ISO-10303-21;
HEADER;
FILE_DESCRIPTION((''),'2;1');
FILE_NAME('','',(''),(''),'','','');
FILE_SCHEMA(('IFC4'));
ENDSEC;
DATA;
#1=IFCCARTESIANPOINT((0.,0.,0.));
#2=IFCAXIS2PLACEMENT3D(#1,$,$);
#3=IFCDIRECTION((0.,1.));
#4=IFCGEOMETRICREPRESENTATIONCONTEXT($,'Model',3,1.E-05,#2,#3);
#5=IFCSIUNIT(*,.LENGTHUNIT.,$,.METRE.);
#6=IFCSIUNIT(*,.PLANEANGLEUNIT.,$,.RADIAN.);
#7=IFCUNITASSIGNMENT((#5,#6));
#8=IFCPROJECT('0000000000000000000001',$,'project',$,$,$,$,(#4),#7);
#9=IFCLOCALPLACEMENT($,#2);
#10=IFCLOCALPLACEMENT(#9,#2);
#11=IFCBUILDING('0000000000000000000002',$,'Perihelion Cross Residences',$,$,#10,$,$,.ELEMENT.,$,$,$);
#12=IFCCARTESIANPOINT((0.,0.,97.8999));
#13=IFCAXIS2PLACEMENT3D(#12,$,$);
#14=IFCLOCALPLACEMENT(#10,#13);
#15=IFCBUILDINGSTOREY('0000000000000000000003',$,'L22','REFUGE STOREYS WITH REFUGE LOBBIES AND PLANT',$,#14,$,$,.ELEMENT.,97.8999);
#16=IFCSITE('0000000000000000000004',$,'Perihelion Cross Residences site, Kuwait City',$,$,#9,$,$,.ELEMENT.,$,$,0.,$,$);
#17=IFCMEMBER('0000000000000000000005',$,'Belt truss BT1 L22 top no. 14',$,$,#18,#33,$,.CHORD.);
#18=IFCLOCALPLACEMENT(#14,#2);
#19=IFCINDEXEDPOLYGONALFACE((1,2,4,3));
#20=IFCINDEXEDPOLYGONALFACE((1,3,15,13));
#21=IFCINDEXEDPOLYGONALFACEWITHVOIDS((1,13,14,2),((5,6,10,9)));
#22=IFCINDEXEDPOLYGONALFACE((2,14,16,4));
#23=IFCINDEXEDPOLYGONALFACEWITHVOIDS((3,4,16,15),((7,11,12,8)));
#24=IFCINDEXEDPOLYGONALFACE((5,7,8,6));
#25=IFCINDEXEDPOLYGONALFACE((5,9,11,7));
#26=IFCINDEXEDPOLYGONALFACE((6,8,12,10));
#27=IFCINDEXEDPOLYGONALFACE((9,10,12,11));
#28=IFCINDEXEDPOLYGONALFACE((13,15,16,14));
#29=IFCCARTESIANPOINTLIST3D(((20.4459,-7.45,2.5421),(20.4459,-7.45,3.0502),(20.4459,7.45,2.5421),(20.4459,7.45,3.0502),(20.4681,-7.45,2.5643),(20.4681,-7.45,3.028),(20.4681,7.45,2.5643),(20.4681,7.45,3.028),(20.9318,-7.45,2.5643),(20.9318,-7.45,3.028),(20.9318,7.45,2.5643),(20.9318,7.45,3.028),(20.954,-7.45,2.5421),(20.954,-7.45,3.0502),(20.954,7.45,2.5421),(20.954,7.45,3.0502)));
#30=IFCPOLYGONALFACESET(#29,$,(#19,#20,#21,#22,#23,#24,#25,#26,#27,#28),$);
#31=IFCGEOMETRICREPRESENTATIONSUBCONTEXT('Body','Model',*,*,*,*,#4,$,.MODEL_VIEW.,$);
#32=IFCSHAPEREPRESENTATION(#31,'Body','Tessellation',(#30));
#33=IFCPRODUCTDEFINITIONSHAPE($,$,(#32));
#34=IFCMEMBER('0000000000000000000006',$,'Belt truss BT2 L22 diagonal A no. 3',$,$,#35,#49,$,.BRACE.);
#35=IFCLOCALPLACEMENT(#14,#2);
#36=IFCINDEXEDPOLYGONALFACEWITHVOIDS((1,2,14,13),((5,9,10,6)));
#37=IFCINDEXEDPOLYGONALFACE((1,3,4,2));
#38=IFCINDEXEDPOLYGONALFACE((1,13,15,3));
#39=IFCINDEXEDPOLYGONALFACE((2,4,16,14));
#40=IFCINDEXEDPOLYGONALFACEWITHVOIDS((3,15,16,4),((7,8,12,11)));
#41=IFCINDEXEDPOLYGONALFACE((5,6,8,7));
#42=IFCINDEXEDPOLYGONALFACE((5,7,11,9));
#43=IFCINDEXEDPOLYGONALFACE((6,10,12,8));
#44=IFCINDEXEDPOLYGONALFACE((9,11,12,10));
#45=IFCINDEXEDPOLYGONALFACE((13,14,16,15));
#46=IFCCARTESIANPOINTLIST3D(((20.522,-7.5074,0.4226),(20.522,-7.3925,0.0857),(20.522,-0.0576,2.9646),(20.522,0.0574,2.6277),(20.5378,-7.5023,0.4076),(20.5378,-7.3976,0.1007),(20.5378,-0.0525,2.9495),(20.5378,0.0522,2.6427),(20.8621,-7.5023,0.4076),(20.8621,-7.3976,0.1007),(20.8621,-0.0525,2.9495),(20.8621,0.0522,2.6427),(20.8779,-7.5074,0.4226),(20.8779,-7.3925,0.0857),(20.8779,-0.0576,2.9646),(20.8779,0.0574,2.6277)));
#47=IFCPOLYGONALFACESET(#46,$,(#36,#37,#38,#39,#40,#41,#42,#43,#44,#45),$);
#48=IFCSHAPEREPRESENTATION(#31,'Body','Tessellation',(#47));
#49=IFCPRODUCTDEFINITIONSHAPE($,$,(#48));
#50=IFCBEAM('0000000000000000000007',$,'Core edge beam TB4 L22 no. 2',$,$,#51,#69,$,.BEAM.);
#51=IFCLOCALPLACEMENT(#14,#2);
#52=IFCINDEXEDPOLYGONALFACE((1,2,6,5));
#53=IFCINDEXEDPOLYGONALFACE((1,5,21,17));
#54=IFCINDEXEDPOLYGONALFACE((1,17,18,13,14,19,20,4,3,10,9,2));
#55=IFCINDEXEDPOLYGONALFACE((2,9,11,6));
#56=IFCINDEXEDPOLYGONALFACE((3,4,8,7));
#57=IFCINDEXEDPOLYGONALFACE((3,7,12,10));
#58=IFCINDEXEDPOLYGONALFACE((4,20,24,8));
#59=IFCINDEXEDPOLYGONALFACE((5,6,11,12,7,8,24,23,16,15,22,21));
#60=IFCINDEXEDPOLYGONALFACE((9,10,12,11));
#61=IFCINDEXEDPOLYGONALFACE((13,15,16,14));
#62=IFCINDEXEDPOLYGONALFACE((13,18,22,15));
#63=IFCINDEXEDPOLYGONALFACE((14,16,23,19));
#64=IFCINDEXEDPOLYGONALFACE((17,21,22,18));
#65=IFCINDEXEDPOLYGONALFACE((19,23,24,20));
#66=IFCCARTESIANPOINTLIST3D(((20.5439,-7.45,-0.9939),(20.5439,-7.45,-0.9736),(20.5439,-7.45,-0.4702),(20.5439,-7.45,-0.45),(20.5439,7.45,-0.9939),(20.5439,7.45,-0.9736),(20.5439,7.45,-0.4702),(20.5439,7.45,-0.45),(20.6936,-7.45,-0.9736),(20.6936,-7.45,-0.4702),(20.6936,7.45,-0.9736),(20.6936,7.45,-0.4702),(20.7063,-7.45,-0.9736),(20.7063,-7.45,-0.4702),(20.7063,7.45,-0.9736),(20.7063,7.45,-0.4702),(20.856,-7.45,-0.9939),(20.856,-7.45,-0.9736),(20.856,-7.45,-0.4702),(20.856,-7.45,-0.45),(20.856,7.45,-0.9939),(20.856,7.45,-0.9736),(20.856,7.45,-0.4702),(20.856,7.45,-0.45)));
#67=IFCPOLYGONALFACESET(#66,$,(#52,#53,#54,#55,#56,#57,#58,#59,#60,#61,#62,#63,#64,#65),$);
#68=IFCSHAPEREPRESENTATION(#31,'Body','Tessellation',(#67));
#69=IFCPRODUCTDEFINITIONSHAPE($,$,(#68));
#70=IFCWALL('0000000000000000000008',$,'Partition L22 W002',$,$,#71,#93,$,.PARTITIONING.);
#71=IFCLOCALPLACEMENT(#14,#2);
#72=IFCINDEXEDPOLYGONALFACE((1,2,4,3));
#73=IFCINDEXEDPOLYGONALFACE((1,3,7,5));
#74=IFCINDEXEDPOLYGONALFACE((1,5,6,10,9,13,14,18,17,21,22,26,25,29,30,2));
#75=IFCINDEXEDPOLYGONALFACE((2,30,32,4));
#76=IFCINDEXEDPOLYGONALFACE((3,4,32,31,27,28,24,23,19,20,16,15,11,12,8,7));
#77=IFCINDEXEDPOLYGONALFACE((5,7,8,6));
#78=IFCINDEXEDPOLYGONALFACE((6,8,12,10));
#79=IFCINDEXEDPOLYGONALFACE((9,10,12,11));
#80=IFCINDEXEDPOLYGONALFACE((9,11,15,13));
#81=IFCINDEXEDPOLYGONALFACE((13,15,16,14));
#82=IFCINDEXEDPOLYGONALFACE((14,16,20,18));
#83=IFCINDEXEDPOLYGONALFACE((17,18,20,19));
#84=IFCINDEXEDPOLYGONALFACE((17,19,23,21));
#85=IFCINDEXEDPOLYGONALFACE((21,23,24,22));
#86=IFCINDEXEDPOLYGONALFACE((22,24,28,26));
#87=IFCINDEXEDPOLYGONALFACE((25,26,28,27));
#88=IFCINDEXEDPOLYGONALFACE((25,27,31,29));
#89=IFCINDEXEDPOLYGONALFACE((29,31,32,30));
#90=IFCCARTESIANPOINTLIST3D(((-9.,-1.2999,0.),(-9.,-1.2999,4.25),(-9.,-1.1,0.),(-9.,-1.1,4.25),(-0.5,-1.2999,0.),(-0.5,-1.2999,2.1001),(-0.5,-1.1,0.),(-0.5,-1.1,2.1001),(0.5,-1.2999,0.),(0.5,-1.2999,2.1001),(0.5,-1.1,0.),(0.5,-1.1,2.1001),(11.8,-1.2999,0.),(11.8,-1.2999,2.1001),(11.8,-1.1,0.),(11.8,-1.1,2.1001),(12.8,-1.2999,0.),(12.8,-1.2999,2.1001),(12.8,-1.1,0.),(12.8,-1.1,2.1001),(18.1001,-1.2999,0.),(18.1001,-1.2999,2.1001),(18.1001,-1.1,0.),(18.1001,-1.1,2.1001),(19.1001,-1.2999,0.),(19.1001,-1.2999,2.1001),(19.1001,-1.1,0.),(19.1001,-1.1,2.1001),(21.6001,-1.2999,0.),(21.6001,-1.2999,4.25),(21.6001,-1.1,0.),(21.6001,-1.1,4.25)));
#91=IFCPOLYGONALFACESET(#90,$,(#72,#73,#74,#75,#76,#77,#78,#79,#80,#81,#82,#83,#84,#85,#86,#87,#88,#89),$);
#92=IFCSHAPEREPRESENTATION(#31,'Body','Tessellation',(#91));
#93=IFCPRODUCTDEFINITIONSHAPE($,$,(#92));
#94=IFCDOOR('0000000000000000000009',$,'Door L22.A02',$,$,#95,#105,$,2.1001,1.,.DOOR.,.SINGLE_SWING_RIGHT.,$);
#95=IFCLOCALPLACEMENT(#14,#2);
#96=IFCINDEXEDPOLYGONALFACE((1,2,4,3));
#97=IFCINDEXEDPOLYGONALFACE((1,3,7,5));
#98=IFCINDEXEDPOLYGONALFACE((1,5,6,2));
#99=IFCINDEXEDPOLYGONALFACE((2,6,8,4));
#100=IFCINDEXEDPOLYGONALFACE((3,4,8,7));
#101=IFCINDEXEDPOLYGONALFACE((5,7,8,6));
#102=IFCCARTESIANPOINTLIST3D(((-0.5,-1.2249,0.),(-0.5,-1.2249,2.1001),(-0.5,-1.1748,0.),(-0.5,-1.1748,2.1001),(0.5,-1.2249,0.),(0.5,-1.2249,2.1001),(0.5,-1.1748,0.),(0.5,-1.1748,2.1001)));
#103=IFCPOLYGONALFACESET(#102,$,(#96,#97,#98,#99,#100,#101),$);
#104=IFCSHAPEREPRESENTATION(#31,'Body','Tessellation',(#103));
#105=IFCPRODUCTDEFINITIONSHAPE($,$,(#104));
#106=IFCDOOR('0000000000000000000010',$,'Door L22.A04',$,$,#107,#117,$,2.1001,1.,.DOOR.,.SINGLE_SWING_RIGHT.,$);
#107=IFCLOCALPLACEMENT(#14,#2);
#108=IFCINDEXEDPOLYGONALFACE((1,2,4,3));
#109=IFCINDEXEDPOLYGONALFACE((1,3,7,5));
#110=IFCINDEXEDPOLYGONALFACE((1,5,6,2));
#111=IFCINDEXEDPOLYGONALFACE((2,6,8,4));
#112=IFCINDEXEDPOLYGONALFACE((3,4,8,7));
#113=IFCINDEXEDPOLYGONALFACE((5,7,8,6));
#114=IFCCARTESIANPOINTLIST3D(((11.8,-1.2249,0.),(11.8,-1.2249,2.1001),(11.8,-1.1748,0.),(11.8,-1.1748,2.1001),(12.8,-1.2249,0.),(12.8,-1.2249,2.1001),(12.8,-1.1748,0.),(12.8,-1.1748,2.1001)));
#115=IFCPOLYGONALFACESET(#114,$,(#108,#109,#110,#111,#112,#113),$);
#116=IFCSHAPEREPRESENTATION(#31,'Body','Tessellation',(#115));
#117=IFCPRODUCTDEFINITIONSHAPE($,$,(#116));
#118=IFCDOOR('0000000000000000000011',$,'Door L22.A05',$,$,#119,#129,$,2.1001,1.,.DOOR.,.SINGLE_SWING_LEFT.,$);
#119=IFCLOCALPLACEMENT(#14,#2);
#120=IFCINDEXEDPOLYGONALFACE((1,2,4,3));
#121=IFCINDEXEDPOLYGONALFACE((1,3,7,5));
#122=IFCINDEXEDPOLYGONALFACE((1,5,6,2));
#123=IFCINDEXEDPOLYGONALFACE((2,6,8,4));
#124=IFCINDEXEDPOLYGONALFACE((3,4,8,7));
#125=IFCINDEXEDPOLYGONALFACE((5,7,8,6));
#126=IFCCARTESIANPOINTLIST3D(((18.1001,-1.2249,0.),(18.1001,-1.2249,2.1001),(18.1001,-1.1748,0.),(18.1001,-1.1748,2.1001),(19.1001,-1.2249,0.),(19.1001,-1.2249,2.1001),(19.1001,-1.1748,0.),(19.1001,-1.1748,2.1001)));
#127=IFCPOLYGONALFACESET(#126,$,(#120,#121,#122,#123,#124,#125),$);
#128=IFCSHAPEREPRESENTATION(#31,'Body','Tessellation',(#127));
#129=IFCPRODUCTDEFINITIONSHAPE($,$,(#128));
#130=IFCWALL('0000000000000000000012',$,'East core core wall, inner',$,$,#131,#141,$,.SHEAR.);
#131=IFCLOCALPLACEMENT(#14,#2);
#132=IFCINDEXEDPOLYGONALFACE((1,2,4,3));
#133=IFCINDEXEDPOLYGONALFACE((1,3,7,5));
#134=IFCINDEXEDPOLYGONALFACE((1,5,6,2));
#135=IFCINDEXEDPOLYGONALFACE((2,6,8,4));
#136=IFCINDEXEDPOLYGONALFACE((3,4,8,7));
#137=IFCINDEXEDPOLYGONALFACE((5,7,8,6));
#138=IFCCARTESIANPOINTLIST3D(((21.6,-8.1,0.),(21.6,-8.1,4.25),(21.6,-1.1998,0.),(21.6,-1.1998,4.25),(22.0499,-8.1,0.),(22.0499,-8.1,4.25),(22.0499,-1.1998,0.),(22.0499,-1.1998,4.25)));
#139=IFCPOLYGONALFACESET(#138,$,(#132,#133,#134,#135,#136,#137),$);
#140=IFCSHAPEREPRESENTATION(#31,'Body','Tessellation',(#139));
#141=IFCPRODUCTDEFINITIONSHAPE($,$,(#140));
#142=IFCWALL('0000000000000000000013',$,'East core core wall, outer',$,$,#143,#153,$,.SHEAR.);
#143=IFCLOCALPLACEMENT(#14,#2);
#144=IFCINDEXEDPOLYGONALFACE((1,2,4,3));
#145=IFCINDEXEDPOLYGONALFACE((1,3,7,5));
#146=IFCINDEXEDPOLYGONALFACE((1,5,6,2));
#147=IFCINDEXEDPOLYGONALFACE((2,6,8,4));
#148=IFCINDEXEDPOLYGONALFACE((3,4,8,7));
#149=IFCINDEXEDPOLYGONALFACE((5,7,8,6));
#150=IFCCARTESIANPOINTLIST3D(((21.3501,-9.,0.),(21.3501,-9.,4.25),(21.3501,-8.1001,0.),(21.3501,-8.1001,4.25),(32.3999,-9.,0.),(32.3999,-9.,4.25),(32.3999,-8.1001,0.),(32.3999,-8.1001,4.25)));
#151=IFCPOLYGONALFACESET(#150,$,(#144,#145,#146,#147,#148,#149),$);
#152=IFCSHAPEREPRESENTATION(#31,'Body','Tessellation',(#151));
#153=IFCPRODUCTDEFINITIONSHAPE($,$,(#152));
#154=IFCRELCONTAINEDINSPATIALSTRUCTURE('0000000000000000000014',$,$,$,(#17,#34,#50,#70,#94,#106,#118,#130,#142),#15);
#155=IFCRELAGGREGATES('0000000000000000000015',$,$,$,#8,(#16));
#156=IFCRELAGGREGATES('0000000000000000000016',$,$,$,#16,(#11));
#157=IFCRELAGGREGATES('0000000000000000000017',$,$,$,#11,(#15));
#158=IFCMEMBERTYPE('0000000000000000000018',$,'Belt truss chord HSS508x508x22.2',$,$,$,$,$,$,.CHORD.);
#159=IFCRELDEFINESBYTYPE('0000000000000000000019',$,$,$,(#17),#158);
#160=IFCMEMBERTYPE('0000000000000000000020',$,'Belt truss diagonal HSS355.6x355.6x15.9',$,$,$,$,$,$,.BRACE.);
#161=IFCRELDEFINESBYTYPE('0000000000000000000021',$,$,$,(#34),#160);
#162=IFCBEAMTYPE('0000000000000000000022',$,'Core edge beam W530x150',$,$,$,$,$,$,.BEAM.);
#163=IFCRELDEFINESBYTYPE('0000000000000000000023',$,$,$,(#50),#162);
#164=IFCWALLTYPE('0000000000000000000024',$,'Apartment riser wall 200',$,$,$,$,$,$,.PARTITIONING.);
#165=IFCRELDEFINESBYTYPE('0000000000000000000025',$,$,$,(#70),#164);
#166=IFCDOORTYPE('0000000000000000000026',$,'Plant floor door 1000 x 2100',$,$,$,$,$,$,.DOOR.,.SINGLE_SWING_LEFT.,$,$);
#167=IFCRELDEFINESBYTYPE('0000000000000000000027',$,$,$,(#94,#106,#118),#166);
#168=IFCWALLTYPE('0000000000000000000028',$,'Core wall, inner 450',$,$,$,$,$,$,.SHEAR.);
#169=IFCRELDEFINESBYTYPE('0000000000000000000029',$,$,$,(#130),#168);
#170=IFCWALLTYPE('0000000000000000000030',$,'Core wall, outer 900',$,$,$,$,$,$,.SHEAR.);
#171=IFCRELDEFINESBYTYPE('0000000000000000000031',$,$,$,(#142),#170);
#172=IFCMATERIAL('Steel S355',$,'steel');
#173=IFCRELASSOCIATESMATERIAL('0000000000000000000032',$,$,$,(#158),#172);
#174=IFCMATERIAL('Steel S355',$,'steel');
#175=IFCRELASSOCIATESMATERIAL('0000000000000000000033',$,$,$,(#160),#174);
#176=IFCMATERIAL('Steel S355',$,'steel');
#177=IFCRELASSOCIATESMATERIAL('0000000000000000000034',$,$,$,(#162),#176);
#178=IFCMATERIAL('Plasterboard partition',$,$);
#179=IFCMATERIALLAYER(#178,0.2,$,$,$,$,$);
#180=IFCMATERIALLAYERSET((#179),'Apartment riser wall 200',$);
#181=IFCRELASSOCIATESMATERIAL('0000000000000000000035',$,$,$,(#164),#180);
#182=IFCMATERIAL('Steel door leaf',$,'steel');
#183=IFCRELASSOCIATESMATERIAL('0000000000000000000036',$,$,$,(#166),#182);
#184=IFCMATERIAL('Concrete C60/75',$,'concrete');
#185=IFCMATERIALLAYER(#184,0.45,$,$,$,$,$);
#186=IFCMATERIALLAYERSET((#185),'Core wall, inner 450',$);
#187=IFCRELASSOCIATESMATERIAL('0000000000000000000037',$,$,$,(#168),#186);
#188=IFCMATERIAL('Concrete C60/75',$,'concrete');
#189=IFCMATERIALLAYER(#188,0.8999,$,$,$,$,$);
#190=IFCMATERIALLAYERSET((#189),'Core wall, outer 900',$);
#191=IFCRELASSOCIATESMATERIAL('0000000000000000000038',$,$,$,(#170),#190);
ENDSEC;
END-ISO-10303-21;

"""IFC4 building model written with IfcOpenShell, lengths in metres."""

from ifc_helpers import new_model, si_unit, direction, frame, frame_2d, origin, origin_2d, place, context, subcontext, project, spatial, rectangle, hollow_rectangle, i_section, extrude, material, layer, layer_set, material_profile, profile_set, type_object, element, fill, save


model = new_model("IFC4")

# Units and contexts
model_context = context("Model", 3, precision=1e-05, world=origin(), true_north=direction((0.0, 1.0)))
body_context = subcontext(model_context, "Body", "Model", "MODEL_VIEW")
ifc_project = project(units=[si_unit("LENGTHUNIT", "METRE"), si_unit("PLANEANGLEUNIT", "RADIAN")], contexts=[model_context])

# Site, building, storey
site_placement = place(None, origin())
site = spatial("IfcSite", under=ifc_project, at=site_placement, Name="Perihelion Cross Residences site, Kuwait City", CompositionType="ELEMENT", RefElevation=0.0)
building_placement = place(site_placement, origin())
building = spatial("IfcBuilding", under=site, at=building_placement, Name="Perihelion Cross Residences", CompositionType="ELEMENT")
storey_placement = place(building_placement, frame((0.0, 0.0, 97.8999)))
storey = spatial("IfcBuildingStorey", under=building, at=storey_placement, Name="L22", Description="REFUGE STOREYS WITH REFUGE LOBBIES AND PLANT", CompositionType="ELEMENT", Elevation=97.8999)

# Members
ifc_material_1 = material(Name="Steel S355", Category="steel")
ifc_material_profile_1 = material_profile(ifc_material_1, hollow_rectangle(XDim=0.5081, YDim=0.5081, WallThickness=0.0222, at=origin_2d()), Name="HSS508x508x22.2")
ifc_profile_set_1 = profile_set([ifc_material_profile_1], Name="Steel S355")
member_type_1 = type_object("IfcMemberType", Name="Belt truss chord HSS508x508x22.2", PredefinedType="CHORD", material=ifc_profile_set_1)
member_1_placement = place(storey_placement, frame((20.7, -7.45, 2.7961), z_axis=(0.0, 1.0, 0.0), x_axis=(-1.0, 0.0, 0.0)))
element("IfcMember", 1, at=member_1_placement, inside=storey, type_object=member_type_1, Name="Belt truss BT1 L22 top no. 14", PredefinedType="CHORD", context=body_context, shape_type="SweptSolid", body=[
    extrude(hollow_rectangle(XDim=0.5081, YDim=0.5081, WallThickness=0.0222, at=origin_2d()), origin(), (0.0, 0.0, 1.0), 14.8999),
])
ifc_material_2 = material(Name="Steel S355", Category="steel")
ifc_material_profile_2 = material_profile(ifc_material_2, hollow_rectangle(XDim=0.356, YDim=0.356, WallThickness=0.0159, at=origin_2d()), Name="HSS355.6x355.6x15.9")
ifc_profile_set_2 = profile_set([ifc_material_profile_2], Name="Steel S355")
member_type_2 = type_object("IfcMemberType", Name="Belt truss diagonal HSS355.6x355.6x15.9", PredefinedType="BRACE", material=ifc_profile_set_2)
member_2_placement = place(storey_placement, frame((20.7, -7.45, 0.2542), z_axis=(0.0, 0.946423, 0.322928), x_axis=(-1.0, 0.0, 0.0)))
element("IfcMember", 2, at=member_2_placement, inside=storey, type_object=member_type_2, Name="Belt truss BT2 L22 diagonal A no. 3", PredefinedType="BRACE", context=body_context, shape_type="SweptSolid", body=[
    extrude(hollow_rectangle(XDim=0.356, YDim=0.356, WallThickness=0.0159, at=origin_2d()), origin(), (0.0, 0.0, 1.0), 7.8716),
])

# Beam
ifc_material_3 = material(Name="Steel S355", Category="steel")
ifc_material_profile_3 = material_profile(ifc_material_3, i_section(OverallWidth=0.312, OverallDepth=0.5439, WebThickness=0.0127, FlangeThickness=0.0203, at=origin_2d()), Name="W530x150")
ifc_profile_set_3 = profile_set([ifc_material_profile_3], Name="Steel S355")
beam_type = type_object("IfcBeamType", Name="Core edge beam W530x150", PredefinedType="BEAM", material=ifc_profile_set_3)
beam_placement = place(storey_placement, frame((20.7, -7.45, -0.7219), z_axis=(0.0, 1.0, 0.0), x_axis=(-1.0, 0.0, 0.0)))
element("IfcBeam", 3, at=beam_placement, inside=storey, type_object=beam_type, Name="Core edge beam TB4 L22 no. 2", PredefinedType="BEAM", context=body_context, shape_type="SweptSolid", body=[
    extrude(i_section(OverallWidth=0.312, OverallDepth=0.5439, WebThickness=0.0127, FlangeThickness=0.0203, at=origin_2d()), origin(), (0.0, 0.0, 1.0), 14.8999),
])

# Wall, openings, doors
ifc_material_4 = material(Name="Plasterboard partition")
ifc_layer_1 = layer(ifc_material_4, 0.2)
ifc_layer_set_1 = layer_set([ifc_layer_1], Name="Apartment riser wall 200")
wall_type_1 = type_object("IfcWallType", Name="Apartment riser wall 200", PredefinedType="PARTITIONING", material=ifc_layer_set_1)
wall_1_placement = place(storey_placement, frame((21.6001, -1.2, 0.0), z_axis=(0.0, 0.0, 1.0), x_axis=(-1.0, 0.0, 0.0)))
wall_1 = element("IfcWall", 4, at=wall_1_placement, inside=storey, type_object=wall_type_1, Name="Partition L22 W002", PredefinedType="PARTITIONING", context=body_context, shape_type="SweptSolid", body=[
    extrude(rectangle(XDim=30.6001, YDim=0.2, at=frame_2d((15.3, 0.0))), origin(), (0.0, 0.0, 1.0), 4.25),
])
opening_1_placement = place(wall_1_placement, frame((21.1001, 0.0, 0.0)))
opening_1 = element("IfcOpeningElement", 5, at=opening_1_placement, cuts=wall_1, PredefinedType="OPENING", context=body_context, shape_type="SweptSolid", body=[
    extrude(rectangle(XDim=1.0, YDim=2.1001, at=frame_2d((0.5, 1.05))), frame((0.0, 0.1099, 0.0), z_axis=(0.0, -1.0, 0.0), x_axis=(1.0, 0.0, 0.0)), (0.0, 0.0, 1.0), 0.22),
])
opening_2_placement = place(wall_1_placement, frame((8.8, 0.0, 0.0)))
opening_2 = element("IfcOpeningElement", 6, at=opening_2_placement, cuts=wall_1, PredefinedType="OPENING", context=body_context, shape_type="SweptSolid", body=[
    extrude(rectangle(XDim=1.0, YDim=2.1001, at=frame_2d((0.5, 1.05))), frame((0.0, 0.1099, 0.0), z_axis=(0.0, -1.0, 0.0), x_axis=(1.0, 0.0, 0.0)), (0.0, 0.0, 1.0), 0.22),
])
opening_3_placement = place(wall_1_placement, frame((2.5, 0.0, 0.0)))
opening_3 = element("IfcOpeningElement", 7, at=opening_3_placement, cuts=wall_1, PredefinedType="OPENING", context=body_context, shape_type="SweptSolid", body=[
    extrude(rectangle(XDim=1.0, YDim=2.1001, at=frame_2d((0.5, 1.05))), frame((0.0, 0.1099, 0.0), z_axis=(0.0, -1.0, 0.0), x_axis=(1.0, 0.0, 0.0)), (0.0, 0.0, 1.0), 0.22),
])
ifc_material_5 = material(Name="Steel door leaf", Category="steel")
door_type_1 = type_object("IfcDoorType", Name="Plant floor door 1000 x 2100", OperationType="SINGLE_SWING_LEFT", PredefinedType="DOOR", material=ifc_material_5)
door_1_placement = place(opening_1_placement, origin())
door_1 = element("IfcDoor", 8, at=door_1_placement, inside=storey, type_object=door_type_1, Name="Door L22.A02", OperationType="SINGLE_SWING_RIGHT", OverallHeight=2.1001, OverallWidth=1.0, PredefinedType="DOOR", context=body_context, shape_type="SweptSolid", body=[
    extrude(rectangle(XDim=1.0, YDim=2.1001, at=frame_2d((0.5, 1.05))), frame((0.0, 0.0249, 0.0), z_axis=(0.0, -1.0, 0.0), x_axis=(1.0, 0.0, 0.0)), (0.0, 0.0, 1.0), 0.05),
])
fill(opening_1, door_1)
door_2_placement = place(opening_2_placement, origin())
door_2 = element("IfcDoor", 9, at=door_2_placement, inside=storey, type_object=door_type_1, Name="Door L22.A04", OperationType="SINGLE_SWING_RIGHT", OverallHeight=2.1001, OverallWidth=1.0, PredefinedType="DOOR", context=body_context, shape_type="SweptSolid", body=[
    extrude(rectangle(XDim=1.0, YDim=2.1001, at=frame_2d((0.5, 1.05))), frame((0.0, 0.0249, 0.0), z_axis=(0.0, -1.0, 0.0), x_axis=(1.0, 0.0, 0.0)), (0.0, 0.0, 1.0), 0.05),
])
fill(opening_2, door_2)
door_3_placement = place(opening_3_placement, origin())
door_3 = element("IfcDoor", 10, at=door_3_placement, inside=storey, type_object=door_type_1, Name="Door L22.A05", OperationType="SINGLE_SWING_LEFT", OverallHeight=2.1001, OverallWidth=1.0, PredefinedType="DOOR", context=body_context, shape_type="SweptSolid", body=[
    extrude(rectangle(XDim=1.0, YDim=2.1001, at=frame_2d((0.5, 1.05))), frame((0.0, 0.0249, 0.0), z_axis=(0.0, -1.0, 0.0), x_axis=(1.0, 0.0, 0.0)), (0.0, 0.0, 1.0), 0.05),
])
fill(opening_3, door_3)

# Walls
ifc_material_6 = material(Name="Concrete C60/75", Category="concrete")
ifc_layer_2 = layer(ifc_material_6, 0.45)
ifc_layer_set_2 = layer_set([ifc_layer_2], Name="Core wall, inner 450")
wall_type_2 = type_object("IfcWallType", Name="Core wall, inner 450", PredefinedType="SHEAR", material=ifc_layer_set_2)
wall_2_placement = place(storey_placement, frame((21.825, -8.1001, 0.0), z_axis=(0.0, 0.0, 1.0), x_axis=(0.0, 1.0, 0.0)))
element("IfcWall", 11, at=wall_2_placement, inside=storey, type_object=wall_type_2, Name="East core core wall, inner", PredefinedType="SHEAR", context=body_context, shape_type="SweptSolid", body=[
    extrude(rectangle(XDim=6.9001, YDim=0.45, at=frame_2d((3.4502, 0.0))), origin(), (0.0, 0.0, 1.0), 4.25),
])
ifc_material_7 = material(Name="Concrete C60/75", Category="concrete")
ifc_layer_3 = layer(ifc_material_7, 0.8999)
ifc_layer_set_3 = layer_set([ifc_layer_3], Name="Core wall, outer 900")
wall_type_3 = type_object("IfcWallType", Name="Core wall, outer 900", PredefinedType="SHEAR", material=ifc_layer_set_3)
wall_3_placement = place(storey_placement, frame((21.3501, -8.55, 0.0), z_axis=(0.0, 0.0, 1.0), x_axis=(1.0, 0.0, 0.0)))
element("IfcWall", 12, at=wall_3_placement, inside=storey, type_object=wall_type_3, Name="East core core wall, outer", PredefinedType="SHEAR", context=body_context, shape_type="SweptSolid", body=[
    extrude(rectangle(XDim=11.0498, YDim=0.8999, at=frame_2d((5.5249, 0.0))), origin(), (0.0, 0.0, 1.0), 4.25),
])

save(model, "model.ifc")
